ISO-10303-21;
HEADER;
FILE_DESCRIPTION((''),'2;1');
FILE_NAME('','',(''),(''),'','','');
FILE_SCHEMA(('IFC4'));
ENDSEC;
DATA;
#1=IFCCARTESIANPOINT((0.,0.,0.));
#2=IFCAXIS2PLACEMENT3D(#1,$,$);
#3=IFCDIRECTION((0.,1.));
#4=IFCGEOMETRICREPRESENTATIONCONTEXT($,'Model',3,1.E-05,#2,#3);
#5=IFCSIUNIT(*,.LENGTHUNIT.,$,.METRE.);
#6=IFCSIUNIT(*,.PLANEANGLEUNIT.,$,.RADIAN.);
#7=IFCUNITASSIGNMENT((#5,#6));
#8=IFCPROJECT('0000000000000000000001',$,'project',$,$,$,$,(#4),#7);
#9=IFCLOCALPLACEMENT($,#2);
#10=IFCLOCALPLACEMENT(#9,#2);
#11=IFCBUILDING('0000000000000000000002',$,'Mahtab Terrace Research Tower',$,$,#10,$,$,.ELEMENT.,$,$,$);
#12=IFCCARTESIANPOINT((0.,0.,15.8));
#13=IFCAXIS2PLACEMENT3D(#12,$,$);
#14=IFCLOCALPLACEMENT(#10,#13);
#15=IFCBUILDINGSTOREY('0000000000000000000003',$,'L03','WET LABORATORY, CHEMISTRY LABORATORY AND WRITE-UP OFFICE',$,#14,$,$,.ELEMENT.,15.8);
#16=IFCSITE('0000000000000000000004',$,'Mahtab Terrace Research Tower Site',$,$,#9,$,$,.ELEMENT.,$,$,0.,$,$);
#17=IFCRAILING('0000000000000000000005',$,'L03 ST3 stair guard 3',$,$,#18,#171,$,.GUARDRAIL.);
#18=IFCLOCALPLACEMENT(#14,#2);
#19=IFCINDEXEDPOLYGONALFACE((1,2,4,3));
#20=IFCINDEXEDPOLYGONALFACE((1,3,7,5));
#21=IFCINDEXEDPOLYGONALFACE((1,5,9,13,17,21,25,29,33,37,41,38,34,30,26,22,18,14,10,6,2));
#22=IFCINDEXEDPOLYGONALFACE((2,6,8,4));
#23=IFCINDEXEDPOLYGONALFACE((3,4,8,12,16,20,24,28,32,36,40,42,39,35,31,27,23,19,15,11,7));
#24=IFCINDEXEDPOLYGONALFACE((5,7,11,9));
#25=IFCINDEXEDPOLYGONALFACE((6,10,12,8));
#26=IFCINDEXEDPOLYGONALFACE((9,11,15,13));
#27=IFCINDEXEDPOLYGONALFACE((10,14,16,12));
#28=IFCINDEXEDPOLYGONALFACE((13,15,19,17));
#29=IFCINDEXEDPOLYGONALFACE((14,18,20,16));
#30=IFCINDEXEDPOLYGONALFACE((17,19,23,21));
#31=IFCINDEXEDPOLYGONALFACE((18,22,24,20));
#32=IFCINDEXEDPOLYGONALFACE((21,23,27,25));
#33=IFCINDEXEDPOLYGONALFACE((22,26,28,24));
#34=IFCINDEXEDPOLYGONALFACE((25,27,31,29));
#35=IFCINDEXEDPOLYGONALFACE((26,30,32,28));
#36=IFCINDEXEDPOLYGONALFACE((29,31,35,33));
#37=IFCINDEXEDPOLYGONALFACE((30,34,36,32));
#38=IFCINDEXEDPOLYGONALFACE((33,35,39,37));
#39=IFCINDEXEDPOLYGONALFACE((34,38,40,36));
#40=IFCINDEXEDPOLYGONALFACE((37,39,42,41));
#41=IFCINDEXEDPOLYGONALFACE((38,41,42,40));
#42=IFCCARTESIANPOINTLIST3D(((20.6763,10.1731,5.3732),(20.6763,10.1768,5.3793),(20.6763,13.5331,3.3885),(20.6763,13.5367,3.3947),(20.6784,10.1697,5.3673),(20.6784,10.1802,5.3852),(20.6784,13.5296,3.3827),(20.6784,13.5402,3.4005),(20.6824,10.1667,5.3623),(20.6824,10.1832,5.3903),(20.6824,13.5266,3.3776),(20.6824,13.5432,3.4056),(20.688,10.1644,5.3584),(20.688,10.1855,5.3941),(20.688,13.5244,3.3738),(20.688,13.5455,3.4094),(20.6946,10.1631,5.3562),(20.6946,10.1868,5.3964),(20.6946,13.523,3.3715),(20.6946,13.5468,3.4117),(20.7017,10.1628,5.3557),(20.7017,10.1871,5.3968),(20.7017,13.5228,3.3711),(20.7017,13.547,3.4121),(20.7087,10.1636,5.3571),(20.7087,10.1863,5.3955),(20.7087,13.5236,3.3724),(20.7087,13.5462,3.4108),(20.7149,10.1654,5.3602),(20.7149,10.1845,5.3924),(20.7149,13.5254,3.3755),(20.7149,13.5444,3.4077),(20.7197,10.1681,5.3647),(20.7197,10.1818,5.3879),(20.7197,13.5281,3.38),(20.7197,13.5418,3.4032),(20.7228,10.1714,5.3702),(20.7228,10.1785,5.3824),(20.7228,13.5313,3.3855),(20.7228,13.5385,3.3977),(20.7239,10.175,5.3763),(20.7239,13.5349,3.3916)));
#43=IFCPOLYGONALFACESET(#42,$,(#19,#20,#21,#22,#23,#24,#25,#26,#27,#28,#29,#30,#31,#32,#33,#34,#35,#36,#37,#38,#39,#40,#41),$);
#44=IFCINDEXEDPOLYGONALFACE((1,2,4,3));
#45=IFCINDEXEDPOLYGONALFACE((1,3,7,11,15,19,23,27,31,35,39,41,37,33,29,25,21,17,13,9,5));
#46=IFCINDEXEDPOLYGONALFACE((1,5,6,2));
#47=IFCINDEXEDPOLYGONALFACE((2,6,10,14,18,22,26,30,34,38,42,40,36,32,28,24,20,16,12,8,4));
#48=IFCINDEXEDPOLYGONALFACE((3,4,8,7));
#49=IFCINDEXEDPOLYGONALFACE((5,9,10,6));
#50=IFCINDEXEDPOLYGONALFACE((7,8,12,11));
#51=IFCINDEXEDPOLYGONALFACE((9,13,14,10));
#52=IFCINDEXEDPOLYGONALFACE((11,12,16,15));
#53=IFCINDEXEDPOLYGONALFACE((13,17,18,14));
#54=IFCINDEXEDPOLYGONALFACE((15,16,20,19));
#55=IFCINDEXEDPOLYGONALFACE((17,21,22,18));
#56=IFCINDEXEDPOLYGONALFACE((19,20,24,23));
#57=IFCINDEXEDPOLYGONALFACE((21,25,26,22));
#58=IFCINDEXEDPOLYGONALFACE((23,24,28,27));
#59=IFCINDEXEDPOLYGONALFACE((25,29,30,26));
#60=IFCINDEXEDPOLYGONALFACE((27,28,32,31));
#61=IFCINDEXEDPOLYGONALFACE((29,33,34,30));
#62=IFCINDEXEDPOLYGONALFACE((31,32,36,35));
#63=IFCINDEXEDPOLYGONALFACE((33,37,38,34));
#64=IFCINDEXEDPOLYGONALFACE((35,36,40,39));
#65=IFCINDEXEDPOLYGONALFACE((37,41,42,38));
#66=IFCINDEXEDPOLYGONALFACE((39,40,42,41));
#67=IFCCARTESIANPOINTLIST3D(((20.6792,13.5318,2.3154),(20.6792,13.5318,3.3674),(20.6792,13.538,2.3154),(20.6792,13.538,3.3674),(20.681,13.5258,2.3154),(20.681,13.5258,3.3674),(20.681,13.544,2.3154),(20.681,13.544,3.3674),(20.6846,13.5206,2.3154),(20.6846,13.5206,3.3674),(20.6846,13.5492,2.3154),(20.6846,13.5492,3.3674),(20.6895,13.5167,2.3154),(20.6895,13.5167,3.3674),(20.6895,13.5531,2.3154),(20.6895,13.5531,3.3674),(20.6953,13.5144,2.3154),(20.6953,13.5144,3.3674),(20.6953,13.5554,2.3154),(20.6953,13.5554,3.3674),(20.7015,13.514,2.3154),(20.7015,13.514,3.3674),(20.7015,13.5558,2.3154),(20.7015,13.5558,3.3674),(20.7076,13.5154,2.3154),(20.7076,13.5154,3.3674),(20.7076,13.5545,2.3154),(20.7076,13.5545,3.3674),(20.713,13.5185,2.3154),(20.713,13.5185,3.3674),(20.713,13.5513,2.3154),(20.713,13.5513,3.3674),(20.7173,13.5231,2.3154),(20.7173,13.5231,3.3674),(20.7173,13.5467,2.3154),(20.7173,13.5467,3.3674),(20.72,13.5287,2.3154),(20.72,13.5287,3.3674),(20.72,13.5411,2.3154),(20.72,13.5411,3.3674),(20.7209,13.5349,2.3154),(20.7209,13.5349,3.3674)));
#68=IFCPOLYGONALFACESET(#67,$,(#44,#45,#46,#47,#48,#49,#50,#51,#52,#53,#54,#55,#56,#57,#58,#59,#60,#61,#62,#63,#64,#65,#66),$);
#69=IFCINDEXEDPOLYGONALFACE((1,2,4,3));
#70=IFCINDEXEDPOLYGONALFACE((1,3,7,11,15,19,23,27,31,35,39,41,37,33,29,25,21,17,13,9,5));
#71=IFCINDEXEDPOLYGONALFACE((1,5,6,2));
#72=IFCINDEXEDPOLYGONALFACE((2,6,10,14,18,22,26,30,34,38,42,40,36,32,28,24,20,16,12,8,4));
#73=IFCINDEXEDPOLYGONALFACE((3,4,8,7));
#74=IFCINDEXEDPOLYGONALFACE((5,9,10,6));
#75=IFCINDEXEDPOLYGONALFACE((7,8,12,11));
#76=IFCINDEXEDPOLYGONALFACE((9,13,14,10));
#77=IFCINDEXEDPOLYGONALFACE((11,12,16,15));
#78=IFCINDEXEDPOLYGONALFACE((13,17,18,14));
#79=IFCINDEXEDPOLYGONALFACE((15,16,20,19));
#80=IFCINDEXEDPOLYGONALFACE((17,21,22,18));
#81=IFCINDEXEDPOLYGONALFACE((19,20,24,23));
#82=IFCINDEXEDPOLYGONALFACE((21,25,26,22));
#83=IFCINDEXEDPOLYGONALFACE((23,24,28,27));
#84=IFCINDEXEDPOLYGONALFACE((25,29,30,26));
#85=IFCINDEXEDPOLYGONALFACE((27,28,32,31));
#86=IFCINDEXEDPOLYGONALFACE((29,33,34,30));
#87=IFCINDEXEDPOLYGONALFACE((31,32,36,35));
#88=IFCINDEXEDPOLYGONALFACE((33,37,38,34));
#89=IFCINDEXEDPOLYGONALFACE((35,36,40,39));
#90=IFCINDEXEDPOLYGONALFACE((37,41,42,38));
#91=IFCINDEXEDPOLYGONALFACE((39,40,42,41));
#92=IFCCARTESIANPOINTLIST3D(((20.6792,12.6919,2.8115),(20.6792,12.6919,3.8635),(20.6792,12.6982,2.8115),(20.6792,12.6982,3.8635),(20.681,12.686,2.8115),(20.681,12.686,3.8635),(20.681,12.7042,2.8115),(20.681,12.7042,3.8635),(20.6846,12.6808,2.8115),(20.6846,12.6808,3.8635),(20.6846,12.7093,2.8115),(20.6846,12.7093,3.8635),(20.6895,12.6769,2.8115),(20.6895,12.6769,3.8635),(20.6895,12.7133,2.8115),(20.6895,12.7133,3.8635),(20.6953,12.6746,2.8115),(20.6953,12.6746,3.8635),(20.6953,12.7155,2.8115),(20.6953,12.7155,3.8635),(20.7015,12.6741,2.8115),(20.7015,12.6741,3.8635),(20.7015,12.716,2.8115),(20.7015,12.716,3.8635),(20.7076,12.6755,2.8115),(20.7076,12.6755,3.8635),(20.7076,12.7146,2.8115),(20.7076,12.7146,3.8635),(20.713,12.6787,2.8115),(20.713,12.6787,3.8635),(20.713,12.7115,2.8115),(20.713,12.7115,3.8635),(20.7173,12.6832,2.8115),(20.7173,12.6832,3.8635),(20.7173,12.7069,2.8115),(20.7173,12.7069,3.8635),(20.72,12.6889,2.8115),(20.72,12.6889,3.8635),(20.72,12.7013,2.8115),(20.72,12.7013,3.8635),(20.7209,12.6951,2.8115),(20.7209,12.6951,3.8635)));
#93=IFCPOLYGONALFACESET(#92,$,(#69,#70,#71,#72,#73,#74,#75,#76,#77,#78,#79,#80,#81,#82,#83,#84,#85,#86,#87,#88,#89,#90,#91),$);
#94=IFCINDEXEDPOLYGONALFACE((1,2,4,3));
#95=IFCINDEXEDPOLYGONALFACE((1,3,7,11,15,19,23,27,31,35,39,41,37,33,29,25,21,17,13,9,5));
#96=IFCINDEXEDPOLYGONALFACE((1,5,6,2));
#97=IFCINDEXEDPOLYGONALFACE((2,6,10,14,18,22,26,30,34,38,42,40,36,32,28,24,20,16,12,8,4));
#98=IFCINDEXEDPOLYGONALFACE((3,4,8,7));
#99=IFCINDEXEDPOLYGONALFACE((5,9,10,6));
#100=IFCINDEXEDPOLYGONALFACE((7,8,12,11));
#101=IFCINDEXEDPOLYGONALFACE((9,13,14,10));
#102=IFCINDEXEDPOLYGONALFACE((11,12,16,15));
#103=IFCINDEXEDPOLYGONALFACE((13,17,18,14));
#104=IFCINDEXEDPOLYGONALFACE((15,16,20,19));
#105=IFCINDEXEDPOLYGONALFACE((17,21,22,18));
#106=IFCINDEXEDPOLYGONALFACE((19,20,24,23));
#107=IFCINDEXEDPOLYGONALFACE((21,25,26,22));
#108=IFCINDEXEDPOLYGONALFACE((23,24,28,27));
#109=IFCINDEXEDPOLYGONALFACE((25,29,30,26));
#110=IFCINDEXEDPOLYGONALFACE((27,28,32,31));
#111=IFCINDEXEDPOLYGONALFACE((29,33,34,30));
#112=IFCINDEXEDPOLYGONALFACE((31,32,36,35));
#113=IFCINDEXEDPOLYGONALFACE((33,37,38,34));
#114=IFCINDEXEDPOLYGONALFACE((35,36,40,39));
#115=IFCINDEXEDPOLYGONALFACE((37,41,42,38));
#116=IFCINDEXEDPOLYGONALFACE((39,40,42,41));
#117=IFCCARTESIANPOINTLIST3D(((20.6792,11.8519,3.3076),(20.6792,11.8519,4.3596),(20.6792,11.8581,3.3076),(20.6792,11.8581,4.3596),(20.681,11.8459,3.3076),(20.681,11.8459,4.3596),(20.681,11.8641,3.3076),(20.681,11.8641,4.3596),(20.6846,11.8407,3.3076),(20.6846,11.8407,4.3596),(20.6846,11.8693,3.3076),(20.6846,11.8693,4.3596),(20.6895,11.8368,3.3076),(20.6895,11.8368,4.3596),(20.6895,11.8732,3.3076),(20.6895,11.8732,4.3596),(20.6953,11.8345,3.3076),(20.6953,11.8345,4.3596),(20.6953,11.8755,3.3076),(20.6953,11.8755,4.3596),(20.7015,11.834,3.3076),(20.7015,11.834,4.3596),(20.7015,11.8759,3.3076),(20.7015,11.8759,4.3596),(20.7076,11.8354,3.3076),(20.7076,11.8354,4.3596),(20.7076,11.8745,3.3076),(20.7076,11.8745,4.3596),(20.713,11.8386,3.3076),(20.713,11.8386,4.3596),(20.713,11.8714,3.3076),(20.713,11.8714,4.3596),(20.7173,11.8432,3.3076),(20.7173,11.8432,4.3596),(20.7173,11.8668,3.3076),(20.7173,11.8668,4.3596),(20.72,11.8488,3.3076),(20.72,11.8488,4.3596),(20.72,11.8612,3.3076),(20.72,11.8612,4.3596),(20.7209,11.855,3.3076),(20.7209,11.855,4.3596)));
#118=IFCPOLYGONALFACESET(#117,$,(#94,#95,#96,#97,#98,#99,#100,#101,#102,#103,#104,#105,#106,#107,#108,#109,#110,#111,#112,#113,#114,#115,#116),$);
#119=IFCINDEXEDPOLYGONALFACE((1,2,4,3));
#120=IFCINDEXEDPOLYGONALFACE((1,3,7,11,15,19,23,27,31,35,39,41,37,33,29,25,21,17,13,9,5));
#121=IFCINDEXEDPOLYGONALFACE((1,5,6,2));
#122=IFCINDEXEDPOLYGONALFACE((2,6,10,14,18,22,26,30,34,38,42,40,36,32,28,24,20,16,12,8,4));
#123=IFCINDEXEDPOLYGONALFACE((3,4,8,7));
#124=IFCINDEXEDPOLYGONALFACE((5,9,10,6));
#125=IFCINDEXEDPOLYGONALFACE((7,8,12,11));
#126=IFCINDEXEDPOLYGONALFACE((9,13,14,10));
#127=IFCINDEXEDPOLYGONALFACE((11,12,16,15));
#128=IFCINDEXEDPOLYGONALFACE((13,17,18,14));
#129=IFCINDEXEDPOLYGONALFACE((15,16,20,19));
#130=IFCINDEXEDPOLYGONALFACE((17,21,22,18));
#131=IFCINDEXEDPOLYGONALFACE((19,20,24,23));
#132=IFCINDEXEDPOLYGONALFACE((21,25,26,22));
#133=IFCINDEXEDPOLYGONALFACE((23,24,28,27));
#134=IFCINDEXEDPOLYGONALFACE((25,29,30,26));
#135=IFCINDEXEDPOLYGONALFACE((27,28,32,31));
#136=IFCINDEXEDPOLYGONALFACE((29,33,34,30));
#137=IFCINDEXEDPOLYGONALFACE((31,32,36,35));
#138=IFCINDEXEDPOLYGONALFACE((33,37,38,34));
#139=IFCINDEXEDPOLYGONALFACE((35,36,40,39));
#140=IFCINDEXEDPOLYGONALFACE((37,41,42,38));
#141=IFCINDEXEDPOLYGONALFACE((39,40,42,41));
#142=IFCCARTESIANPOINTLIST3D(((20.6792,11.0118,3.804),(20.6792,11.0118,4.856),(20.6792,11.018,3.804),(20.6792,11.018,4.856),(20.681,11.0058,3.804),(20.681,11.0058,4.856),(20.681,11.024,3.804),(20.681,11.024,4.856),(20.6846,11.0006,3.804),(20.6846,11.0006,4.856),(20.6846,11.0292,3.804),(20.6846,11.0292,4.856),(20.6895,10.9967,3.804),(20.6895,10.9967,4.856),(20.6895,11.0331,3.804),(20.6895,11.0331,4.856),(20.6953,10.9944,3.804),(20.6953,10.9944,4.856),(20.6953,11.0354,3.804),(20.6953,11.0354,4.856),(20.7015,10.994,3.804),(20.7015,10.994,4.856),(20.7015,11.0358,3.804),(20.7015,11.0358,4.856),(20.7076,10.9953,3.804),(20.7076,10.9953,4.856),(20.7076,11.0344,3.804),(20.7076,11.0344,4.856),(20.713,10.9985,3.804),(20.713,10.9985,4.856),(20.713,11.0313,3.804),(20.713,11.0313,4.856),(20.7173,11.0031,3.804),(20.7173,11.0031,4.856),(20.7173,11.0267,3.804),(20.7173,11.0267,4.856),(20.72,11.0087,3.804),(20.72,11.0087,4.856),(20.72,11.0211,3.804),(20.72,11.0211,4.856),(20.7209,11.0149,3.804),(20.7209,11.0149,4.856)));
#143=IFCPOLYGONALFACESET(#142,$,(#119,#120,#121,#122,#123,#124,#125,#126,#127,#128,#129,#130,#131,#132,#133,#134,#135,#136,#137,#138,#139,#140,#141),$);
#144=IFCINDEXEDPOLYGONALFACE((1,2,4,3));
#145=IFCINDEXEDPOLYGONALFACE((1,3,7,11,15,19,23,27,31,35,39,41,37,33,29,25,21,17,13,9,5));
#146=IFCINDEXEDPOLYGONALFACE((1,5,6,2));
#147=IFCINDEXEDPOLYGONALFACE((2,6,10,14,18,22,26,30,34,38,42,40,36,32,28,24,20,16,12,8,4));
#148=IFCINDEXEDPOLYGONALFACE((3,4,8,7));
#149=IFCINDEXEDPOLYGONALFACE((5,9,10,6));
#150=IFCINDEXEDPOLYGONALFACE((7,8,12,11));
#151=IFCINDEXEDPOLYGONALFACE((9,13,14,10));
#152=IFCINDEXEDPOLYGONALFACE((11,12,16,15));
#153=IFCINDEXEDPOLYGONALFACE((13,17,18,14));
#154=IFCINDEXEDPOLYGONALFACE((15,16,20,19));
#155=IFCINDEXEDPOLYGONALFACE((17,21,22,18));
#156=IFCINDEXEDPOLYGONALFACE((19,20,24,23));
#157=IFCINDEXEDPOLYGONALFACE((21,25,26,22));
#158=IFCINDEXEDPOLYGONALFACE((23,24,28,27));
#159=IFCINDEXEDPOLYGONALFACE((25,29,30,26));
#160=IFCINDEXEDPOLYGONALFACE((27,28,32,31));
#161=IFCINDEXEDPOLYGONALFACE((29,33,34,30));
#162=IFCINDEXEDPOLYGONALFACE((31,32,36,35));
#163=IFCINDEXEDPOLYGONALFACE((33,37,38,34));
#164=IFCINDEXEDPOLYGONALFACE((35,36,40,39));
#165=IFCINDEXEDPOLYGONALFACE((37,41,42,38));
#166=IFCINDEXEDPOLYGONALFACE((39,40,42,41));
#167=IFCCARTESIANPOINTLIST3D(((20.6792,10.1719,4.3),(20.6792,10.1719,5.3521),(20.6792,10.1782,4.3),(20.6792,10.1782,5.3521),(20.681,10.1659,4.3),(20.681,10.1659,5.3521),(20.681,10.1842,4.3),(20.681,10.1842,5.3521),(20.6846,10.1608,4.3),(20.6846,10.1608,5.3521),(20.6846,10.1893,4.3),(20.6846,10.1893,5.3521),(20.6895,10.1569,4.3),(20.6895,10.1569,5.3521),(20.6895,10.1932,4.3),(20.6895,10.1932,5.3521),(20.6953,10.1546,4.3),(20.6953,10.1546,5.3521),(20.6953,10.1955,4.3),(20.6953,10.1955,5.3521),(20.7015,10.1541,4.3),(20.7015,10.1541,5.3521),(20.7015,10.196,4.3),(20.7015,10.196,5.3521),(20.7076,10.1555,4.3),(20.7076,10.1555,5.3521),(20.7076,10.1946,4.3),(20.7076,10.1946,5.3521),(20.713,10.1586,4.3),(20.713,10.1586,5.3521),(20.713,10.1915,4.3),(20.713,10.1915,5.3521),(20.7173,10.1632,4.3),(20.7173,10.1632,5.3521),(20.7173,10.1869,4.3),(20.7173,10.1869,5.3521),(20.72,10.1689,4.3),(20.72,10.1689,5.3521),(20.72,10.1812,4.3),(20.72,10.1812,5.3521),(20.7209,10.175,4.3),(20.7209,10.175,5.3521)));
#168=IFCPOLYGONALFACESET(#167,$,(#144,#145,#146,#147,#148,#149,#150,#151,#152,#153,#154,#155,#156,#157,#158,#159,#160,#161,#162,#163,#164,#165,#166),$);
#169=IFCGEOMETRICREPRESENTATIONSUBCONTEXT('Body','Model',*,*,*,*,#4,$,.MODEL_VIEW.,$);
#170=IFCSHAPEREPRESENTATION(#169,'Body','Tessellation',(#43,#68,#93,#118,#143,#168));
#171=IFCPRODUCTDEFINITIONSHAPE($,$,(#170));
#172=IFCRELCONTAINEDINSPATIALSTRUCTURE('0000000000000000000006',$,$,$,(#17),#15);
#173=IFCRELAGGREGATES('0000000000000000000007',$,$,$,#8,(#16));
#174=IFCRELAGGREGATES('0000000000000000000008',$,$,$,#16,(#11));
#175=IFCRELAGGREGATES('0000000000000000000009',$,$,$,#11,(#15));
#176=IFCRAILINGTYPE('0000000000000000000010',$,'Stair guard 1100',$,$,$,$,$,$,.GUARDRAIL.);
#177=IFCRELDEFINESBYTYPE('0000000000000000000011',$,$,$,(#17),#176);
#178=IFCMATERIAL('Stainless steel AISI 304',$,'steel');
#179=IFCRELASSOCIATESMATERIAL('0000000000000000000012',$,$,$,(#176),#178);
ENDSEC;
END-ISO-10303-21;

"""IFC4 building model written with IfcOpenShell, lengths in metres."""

from ifc_helpers import new_model, si_unit, direction, frame, origin, origin_2d, place, context, subcontext, project, spatial, circle, extrude, material, type_object, element, save


model = new_model("IFC4")

# Units and contexts
model_context = context("Model", 3, precision=1e-05, world=origin(), true_north=direction((0.0, 1.0)))
body_context = subcontext(model_context, "Body", "Model", "MODEL_VIEW")
ifc_project = project(units=[si_unit("LENGTHUNIT", "METRE"), si_unit("PLANEANGLEUNIT", "RADIAN")], contexts=[model_context])

# Site, building, storey
site_placement = place(None, origin())
site = spatial("IfcSite", under=ifc_project, at=site_placement, Name="Mahtab Terrace Research Tower Site", CompositionType="ELEMENT", RefElevation=0.0)
building_placement = place(site_placement, origin())
building = spatial("IfcBuilding", under=site, at=building_placement, Name="Mahtab Terrace Research Tower", CompositionType="ELEMENT")
storey_placement = place(building_placement, frame((0.0, 0.0, 15.8)))
storey = spatial("IfcBuildingStorey", under=building, at=storey_placement, Name="L03", Description="WET LABORATORY, CHEMISTRY LABORATORY AND WRITE-UP OFFICE", CompositionType="ELEMENT", Elevation=15.8)

# Shared definitions
ifc_material_1 = material(Name="Stainless steel AISI 304", Category="steel")

# Railing
railing_type_1 = type_object("IfcRailingType", Name="Stair guard 1100", PredefinedType="GUARDRAIL", material=ifc_material_1)
railing_1_placement = place(storey_placement, frame((20.7, 13.5349, 2.3154)))
element("IfcRailing", 1, at=railing_1_placement, inside=storey, type_object=railing_type_1, Name="L03 ST3 stair guard 3", PredefinedType="GUARDRAIL", context=body_context, shape_type="SweptSolid", body=[
    extrude(circle(Radius=0.0239, at=origin_2d()), frame((0.0, 0.0, 1.0762), z_axis=(0.0, -0.861011, 0.508586), x_axis=(1.0, 0.0, 0.0)), (0.0, 0.0, 1.0), 3.9023),
    extrude(circle(Radius=0.021, at=origin_2d()), origin(), (0.0, 0.0, 1.0), 1.052),
    extrude(circle(Radius=0.021, at=origin_2d()), frame((0.0, -0.8398, 0.4961)), (0.0, 0.0, 1.0), 1.052),
    extrude(circle(Radius=0.021, at=origin_2d()), frame((0.0, -1.6799, 0.9922)), (0.0, 0.0, 1.0), 1.052),
    extrude(circle(Radius=0.021, at=origin_2d()), frame((0.0, -2.52, 1.4885)), (0.0, 0.0, 1.0), 1.052),
    extrude(circle(Radius=0.021, at=origin_2d()), frame((0.0, -3.3599, 1.9846)), (0.0, 0.0, 1.0), 1.052),
])

save(model, "model.ifc")
